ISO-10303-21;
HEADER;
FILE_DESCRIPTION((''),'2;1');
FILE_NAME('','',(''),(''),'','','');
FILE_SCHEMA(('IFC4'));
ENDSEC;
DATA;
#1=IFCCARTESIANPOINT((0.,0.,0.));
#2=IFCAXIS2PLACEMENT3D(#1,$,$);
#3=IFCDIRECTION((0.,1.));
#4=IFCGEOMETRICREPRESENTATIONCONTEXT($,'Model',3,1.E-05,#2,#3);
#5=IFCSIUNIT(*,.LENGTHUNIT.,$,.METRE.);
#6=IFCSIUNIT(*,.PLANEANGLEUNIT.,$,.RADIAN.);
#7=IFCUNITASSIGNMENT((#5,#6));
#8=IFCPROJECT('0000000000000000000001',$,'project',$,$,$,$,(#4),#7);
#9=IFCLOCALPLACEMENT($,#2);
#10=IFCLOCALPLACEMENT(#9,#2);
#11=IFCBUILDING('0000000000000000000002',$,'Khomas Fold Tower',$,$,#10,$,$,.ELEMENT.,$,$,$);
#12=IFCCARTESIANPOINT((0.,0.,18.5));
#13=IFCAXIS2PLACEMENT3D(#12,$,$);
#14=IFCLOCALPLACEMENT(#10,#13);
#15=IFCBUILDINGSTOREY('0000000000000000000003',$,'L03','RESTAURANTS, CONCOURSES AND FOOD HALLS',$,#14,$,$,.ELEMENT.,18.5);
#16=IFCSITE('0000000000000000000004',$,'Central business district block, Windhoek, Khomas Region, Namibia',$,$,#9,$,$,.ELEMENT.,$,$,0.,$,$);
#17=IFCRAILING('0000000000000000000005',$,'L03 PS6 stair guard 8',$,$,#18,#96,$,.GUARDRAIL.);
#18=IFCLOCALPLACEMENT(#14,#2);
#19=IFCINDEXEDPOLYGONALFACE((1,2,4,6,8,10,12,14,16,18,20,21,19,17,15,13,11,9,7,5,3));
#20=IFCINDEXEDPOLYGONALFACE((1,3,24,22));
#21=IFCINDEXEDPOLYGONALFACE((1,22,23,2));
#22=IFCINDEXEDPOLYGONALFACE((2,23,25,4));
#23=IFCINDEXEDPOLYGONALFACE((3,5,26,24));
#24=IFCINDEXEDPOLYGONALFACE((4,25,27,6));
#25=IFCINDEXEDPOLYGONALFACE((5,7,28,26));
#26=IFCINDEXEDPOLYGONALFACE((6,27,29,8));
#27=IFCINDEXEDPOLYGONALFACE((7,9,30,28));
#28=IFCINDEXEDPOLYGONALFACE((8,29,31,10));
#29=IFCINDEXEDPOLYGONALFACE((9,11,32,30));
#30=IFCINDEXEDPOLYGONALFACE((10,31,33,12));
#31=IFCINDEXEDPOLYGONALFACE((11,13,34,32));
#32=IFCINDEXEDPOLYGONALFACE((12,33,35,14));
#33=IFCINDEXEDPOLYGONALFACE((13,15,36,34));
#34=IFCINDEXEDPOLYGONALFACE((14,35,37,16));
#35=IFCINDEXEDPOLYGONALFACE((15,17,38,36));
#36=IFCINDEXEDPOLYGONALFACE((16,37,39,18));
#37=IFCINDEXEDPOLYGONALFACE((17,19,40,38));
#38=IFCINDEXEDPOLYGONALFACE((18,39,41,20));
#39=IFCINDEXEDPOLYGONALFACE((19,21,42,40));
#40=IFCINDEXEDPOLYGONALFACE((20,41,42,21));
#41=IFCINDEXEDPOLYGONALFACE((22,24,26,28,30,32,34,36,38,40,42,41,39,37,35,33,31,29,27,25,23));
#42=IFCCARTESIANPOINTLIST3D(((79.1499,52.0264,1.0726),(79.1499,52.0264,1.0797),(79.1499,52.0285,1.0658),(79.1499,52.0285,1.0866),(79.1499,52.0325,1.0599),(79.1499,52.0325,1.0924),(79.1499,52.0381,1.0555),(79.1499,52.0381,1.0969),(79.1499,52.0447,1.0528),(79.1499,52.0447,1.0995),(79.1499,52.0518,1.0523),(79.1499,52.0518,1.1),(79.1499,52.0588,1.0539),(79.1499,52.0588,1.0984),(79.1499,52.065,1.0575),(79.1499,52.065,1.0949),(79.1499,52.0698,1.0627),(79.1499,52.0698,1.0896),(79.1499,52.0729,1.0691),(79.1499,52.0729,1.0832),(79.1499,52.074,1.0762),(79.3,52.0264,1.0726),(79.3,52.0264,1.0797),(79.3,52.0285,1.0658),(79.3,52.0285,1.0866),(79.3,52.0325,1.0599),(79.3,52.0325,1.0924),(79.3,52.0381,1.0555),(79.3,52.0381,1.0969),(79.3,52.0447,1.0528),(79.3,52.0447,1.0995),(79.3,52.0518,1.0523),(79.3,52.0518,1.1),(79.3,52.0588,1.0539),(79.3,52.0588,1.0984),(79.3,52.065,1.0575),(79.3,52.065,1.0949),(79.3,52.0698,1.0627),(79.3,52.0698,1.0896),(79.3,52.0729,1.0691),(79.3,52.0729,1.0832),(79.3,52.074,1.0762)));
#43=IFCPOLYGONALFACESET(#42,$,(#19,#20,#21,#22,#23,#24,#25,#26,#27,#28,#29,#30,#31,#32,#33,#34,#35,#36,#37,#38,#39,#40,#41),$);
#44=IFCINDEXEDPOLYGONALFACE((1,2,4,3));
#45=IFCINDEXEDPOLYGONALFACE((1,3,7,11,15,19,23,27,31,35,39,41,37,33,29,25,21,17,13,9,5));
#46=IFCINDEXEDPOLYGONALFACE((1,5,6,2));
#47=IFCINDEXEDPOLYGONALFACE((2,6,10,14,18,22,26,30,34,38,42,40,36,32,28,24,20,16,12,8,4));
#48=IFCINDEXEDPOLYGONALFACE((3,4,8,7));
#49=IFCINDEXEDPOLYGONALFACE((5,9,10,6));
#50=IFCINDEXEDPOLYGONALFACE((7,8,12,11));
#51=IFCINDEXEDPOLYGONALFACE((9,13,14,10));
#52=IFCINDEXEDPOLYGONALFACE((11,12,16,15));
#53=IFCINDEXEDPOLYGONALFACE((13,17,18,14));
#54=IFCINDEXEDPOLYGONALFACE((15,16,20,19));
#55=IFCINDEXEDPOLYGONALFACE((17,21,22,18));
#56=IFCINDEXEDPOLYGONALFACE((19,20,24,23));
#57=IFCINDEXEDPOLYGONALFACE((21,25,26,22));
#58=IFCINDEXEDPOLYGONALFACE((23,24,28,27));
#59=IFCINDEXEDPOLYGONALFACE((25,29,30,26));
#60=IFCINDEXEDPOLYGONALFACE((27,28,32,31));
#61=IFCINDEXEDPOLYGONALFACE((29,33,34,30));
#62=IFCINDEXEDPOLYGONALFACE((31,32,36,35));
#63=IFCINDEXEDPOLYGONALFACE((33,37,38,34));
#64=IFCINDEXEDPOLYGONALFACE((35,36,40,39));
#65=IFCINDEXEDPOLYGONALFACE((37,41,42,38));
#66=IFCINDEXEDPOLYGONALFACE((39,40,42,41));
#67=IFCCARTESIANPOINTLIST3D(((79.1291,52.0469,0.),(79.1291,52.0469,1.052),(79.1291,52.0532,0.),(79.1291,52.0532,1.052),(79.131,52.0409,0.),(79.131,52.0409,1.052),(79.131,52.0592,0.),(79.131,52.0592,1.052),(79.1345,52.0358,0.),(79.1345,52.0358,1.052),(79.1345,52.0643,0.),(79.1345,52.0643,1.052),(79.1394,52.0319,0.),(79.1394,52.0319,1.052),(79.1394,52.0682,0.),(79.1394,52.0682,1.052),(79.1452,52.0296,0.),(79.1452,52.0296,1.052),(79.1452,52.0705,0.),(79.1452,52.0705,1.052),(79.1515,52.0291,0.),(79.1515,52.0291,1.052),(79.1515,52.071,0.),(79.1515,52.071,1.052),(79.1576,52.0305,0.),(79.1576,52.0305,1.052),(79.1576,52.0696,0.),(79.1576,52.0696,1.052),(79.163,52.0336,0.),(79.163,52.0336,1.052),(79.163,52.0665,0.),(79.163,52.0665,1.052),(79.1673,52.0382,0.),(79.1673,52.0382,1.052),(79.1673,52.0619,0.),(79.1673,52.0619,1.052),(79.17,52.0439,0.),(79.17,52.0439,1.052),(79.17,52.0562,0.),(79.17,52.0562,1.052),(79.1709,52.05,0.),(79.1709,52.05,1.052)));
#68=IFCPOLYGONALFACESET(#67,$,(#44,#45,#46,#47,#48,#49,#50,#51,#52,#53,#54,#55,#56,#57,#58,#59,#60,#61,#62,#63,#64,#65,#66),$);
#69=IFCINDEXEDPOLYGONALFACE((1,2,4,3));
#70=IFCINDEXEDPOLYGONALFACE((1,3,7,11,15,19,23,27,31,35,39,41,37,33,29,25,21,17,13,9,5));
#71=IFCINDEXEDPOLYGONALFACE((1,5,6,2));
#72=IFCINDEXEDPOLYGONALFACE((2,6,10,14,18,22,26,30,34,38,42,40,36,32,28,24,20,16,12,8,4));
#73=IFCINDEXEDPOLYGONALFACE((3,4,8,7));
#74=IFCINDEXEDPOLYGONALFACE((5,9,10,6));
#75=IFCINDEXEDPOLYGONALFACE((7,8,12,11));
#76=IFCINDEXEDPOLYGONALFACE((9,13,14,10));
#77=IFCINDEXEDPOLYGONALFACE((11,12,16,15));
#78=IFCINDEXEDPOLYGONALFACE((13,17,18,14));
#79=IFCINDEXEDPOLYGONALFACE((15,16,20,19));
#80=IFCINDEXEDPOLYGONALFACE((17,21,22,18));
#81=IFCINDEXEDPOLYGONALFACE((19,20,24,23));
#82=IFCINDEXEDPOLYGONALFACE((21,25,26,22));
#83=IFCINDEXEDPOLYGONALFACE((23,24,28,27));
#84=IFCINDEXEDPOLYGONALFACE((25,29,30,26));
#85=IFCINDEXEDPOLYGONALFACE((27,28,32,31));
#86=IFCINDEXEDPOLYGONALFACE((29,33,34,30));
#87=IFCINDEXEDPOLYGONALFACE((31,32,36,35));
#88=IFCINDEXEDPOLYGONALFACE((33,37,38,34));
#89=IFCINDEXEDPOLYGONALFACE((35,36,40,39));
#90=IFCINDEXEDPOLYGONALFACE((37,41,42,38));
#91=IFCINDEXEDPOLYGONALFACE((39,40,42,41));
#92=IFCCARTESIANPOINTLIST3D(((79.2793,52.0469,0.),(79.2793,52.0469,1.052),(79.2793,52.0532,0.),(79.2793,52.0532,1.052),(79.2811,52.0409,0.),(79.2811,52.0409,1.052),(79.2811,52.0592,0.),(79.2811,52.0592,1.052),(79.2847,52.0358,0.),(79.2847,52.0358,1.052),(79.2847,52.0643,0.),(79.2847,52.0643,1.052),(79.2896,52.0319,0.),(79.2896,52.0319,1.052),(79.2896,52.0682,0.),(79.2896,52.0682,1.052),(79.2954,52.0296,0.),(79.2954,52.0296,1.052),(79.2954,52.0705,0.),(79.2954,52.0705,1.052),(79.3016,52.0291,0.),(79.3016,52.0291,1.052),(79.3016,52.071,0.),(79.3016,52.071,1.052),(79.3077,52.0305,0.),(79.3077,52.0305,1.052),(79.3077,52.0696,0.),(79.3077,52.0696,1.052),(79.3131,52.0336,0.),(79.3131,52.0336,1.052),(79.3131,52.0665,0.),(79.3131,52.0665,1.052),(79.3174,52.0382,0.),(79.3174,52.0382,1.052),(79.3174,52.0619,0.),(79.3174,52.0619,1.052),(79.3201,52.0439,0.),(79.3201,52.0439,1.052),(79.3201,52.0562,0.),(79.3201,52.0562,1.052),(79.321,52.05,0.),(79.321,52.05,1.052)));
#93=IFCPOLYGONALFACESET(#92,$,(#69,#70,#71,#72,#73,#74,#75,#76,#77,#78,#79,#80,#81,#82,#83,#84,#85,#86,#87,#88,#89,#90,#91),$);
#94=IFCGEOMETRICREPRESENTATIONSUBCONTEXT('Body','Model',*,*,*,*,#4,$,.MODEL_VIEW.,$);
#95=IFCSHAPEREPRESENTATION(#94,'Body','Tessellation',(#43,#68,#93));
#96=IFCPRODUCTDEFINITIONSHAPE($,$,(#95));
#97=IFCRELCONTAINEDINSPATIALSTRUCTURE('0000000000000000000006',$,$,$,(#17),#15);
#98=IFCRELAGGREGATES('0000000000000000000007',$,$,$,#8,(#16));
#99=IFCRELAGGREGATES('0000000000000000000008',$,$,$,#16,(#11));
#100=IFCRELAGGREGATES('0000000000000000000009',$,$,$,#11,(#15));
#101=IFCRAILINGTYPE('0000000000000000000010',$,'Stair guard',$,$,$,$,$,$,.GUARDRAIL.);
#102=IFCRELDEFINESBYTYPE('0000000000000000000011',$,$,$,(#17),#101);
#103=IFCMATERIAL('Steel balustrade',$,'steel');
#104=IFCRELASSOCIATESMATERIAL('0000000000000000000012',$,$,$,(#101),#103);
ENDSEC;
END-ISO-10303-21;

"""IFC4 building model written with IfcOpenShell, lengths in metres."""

from ifc_helpers import new_model, si_unit, direction, frame, origin, origin_2d, place, context, subcontext, project, spatial, circle, extrude, source, transform, mapped, material, type_object, element, save


model = new_model("IFC4")

# Units and contexts
model_context = context("Model", 3, precision=1e-05, world=origin(), true_north=direction((0.0, 1.0)))
body_context = subcontext(model_context, "Body", "Model", "MODEL_VIEW")
ifc_project = project(units=[si_unit("LENGTHUNIT", "METRE"), si_unit("PLANEANGLEUNIT", "RADIAN")], contexts=[model_context])

# Site, building, storey
site_placement = place(None, origin())
site = spatial("IfcSite", under=ifc_project, at=site_placement, Name="Central business district block, Windhoek, Khomas Region, Namibia", CompositionType="ELEMENT", RefElevation=0.0)
building_placement = place(site_placement, origin())
building = spatial("IfcBuilding", under=site, at=building_placement, Name="Khomas Fold Tower", CompositionType="ELEMENT")
storey_placement = place(building_placement, frame((0.0, 0.0, 18.5)))
storey = spatial("IfcBuildingStorey", under=building, at=storey_placement, Name="L03", Description="RESTAURANTS, CONCOURSES AND FOOD HALLS", CompositionType="ELEMENT", Elevation=18.5)

# Railing
ifc_material_1 = material(Name="Steel balustrade", Category="steel")
railing_type_1 = type_object("IfcRailingType", Name="Stair guard", PredefinedType="GUARDRAIL", material=ifc_material_1)
shared_shape_1 = source(origin(), body_context, "Body", "SweptSolid", [
    extrude(circle(Radius=0.0239, at=origin_2d()), frame((0.0, 0.0, 1.0762), z_axis=(1.0, 0.0, 0.0), x_axis=(0.0, 1.0, 0.0)), (0.0, 0.0, 1.0), 0.1501),
    extrude(circle(Radius=0.021, at=origin_2d()), origin(), (0.0, 0.0, 1.0), 1.052),
    extrude(circle(Radius=0.021, at=origin_2d()), frame((0.1501, 0.0, 0.0)), (0.0, 0.0, 1.0), 1.052),
])
for number, where, name in (
    (1, (79.1499, 52.05, 0.0), "L03 PS6 stair guard 8"),
):
    element("IfcRailing", number, at=place(storey_placement, frame(where)), inside=storey, type_object=railing_type_1, Name=name, PredefinedType="GUARDRAIL", context=body_context, shape_type="MappedRepresentation", body=[
        mapped(shared_shape_1, transform((0.0, 0.0, 0.0))),
    ])

save(model, "model.ifc")
